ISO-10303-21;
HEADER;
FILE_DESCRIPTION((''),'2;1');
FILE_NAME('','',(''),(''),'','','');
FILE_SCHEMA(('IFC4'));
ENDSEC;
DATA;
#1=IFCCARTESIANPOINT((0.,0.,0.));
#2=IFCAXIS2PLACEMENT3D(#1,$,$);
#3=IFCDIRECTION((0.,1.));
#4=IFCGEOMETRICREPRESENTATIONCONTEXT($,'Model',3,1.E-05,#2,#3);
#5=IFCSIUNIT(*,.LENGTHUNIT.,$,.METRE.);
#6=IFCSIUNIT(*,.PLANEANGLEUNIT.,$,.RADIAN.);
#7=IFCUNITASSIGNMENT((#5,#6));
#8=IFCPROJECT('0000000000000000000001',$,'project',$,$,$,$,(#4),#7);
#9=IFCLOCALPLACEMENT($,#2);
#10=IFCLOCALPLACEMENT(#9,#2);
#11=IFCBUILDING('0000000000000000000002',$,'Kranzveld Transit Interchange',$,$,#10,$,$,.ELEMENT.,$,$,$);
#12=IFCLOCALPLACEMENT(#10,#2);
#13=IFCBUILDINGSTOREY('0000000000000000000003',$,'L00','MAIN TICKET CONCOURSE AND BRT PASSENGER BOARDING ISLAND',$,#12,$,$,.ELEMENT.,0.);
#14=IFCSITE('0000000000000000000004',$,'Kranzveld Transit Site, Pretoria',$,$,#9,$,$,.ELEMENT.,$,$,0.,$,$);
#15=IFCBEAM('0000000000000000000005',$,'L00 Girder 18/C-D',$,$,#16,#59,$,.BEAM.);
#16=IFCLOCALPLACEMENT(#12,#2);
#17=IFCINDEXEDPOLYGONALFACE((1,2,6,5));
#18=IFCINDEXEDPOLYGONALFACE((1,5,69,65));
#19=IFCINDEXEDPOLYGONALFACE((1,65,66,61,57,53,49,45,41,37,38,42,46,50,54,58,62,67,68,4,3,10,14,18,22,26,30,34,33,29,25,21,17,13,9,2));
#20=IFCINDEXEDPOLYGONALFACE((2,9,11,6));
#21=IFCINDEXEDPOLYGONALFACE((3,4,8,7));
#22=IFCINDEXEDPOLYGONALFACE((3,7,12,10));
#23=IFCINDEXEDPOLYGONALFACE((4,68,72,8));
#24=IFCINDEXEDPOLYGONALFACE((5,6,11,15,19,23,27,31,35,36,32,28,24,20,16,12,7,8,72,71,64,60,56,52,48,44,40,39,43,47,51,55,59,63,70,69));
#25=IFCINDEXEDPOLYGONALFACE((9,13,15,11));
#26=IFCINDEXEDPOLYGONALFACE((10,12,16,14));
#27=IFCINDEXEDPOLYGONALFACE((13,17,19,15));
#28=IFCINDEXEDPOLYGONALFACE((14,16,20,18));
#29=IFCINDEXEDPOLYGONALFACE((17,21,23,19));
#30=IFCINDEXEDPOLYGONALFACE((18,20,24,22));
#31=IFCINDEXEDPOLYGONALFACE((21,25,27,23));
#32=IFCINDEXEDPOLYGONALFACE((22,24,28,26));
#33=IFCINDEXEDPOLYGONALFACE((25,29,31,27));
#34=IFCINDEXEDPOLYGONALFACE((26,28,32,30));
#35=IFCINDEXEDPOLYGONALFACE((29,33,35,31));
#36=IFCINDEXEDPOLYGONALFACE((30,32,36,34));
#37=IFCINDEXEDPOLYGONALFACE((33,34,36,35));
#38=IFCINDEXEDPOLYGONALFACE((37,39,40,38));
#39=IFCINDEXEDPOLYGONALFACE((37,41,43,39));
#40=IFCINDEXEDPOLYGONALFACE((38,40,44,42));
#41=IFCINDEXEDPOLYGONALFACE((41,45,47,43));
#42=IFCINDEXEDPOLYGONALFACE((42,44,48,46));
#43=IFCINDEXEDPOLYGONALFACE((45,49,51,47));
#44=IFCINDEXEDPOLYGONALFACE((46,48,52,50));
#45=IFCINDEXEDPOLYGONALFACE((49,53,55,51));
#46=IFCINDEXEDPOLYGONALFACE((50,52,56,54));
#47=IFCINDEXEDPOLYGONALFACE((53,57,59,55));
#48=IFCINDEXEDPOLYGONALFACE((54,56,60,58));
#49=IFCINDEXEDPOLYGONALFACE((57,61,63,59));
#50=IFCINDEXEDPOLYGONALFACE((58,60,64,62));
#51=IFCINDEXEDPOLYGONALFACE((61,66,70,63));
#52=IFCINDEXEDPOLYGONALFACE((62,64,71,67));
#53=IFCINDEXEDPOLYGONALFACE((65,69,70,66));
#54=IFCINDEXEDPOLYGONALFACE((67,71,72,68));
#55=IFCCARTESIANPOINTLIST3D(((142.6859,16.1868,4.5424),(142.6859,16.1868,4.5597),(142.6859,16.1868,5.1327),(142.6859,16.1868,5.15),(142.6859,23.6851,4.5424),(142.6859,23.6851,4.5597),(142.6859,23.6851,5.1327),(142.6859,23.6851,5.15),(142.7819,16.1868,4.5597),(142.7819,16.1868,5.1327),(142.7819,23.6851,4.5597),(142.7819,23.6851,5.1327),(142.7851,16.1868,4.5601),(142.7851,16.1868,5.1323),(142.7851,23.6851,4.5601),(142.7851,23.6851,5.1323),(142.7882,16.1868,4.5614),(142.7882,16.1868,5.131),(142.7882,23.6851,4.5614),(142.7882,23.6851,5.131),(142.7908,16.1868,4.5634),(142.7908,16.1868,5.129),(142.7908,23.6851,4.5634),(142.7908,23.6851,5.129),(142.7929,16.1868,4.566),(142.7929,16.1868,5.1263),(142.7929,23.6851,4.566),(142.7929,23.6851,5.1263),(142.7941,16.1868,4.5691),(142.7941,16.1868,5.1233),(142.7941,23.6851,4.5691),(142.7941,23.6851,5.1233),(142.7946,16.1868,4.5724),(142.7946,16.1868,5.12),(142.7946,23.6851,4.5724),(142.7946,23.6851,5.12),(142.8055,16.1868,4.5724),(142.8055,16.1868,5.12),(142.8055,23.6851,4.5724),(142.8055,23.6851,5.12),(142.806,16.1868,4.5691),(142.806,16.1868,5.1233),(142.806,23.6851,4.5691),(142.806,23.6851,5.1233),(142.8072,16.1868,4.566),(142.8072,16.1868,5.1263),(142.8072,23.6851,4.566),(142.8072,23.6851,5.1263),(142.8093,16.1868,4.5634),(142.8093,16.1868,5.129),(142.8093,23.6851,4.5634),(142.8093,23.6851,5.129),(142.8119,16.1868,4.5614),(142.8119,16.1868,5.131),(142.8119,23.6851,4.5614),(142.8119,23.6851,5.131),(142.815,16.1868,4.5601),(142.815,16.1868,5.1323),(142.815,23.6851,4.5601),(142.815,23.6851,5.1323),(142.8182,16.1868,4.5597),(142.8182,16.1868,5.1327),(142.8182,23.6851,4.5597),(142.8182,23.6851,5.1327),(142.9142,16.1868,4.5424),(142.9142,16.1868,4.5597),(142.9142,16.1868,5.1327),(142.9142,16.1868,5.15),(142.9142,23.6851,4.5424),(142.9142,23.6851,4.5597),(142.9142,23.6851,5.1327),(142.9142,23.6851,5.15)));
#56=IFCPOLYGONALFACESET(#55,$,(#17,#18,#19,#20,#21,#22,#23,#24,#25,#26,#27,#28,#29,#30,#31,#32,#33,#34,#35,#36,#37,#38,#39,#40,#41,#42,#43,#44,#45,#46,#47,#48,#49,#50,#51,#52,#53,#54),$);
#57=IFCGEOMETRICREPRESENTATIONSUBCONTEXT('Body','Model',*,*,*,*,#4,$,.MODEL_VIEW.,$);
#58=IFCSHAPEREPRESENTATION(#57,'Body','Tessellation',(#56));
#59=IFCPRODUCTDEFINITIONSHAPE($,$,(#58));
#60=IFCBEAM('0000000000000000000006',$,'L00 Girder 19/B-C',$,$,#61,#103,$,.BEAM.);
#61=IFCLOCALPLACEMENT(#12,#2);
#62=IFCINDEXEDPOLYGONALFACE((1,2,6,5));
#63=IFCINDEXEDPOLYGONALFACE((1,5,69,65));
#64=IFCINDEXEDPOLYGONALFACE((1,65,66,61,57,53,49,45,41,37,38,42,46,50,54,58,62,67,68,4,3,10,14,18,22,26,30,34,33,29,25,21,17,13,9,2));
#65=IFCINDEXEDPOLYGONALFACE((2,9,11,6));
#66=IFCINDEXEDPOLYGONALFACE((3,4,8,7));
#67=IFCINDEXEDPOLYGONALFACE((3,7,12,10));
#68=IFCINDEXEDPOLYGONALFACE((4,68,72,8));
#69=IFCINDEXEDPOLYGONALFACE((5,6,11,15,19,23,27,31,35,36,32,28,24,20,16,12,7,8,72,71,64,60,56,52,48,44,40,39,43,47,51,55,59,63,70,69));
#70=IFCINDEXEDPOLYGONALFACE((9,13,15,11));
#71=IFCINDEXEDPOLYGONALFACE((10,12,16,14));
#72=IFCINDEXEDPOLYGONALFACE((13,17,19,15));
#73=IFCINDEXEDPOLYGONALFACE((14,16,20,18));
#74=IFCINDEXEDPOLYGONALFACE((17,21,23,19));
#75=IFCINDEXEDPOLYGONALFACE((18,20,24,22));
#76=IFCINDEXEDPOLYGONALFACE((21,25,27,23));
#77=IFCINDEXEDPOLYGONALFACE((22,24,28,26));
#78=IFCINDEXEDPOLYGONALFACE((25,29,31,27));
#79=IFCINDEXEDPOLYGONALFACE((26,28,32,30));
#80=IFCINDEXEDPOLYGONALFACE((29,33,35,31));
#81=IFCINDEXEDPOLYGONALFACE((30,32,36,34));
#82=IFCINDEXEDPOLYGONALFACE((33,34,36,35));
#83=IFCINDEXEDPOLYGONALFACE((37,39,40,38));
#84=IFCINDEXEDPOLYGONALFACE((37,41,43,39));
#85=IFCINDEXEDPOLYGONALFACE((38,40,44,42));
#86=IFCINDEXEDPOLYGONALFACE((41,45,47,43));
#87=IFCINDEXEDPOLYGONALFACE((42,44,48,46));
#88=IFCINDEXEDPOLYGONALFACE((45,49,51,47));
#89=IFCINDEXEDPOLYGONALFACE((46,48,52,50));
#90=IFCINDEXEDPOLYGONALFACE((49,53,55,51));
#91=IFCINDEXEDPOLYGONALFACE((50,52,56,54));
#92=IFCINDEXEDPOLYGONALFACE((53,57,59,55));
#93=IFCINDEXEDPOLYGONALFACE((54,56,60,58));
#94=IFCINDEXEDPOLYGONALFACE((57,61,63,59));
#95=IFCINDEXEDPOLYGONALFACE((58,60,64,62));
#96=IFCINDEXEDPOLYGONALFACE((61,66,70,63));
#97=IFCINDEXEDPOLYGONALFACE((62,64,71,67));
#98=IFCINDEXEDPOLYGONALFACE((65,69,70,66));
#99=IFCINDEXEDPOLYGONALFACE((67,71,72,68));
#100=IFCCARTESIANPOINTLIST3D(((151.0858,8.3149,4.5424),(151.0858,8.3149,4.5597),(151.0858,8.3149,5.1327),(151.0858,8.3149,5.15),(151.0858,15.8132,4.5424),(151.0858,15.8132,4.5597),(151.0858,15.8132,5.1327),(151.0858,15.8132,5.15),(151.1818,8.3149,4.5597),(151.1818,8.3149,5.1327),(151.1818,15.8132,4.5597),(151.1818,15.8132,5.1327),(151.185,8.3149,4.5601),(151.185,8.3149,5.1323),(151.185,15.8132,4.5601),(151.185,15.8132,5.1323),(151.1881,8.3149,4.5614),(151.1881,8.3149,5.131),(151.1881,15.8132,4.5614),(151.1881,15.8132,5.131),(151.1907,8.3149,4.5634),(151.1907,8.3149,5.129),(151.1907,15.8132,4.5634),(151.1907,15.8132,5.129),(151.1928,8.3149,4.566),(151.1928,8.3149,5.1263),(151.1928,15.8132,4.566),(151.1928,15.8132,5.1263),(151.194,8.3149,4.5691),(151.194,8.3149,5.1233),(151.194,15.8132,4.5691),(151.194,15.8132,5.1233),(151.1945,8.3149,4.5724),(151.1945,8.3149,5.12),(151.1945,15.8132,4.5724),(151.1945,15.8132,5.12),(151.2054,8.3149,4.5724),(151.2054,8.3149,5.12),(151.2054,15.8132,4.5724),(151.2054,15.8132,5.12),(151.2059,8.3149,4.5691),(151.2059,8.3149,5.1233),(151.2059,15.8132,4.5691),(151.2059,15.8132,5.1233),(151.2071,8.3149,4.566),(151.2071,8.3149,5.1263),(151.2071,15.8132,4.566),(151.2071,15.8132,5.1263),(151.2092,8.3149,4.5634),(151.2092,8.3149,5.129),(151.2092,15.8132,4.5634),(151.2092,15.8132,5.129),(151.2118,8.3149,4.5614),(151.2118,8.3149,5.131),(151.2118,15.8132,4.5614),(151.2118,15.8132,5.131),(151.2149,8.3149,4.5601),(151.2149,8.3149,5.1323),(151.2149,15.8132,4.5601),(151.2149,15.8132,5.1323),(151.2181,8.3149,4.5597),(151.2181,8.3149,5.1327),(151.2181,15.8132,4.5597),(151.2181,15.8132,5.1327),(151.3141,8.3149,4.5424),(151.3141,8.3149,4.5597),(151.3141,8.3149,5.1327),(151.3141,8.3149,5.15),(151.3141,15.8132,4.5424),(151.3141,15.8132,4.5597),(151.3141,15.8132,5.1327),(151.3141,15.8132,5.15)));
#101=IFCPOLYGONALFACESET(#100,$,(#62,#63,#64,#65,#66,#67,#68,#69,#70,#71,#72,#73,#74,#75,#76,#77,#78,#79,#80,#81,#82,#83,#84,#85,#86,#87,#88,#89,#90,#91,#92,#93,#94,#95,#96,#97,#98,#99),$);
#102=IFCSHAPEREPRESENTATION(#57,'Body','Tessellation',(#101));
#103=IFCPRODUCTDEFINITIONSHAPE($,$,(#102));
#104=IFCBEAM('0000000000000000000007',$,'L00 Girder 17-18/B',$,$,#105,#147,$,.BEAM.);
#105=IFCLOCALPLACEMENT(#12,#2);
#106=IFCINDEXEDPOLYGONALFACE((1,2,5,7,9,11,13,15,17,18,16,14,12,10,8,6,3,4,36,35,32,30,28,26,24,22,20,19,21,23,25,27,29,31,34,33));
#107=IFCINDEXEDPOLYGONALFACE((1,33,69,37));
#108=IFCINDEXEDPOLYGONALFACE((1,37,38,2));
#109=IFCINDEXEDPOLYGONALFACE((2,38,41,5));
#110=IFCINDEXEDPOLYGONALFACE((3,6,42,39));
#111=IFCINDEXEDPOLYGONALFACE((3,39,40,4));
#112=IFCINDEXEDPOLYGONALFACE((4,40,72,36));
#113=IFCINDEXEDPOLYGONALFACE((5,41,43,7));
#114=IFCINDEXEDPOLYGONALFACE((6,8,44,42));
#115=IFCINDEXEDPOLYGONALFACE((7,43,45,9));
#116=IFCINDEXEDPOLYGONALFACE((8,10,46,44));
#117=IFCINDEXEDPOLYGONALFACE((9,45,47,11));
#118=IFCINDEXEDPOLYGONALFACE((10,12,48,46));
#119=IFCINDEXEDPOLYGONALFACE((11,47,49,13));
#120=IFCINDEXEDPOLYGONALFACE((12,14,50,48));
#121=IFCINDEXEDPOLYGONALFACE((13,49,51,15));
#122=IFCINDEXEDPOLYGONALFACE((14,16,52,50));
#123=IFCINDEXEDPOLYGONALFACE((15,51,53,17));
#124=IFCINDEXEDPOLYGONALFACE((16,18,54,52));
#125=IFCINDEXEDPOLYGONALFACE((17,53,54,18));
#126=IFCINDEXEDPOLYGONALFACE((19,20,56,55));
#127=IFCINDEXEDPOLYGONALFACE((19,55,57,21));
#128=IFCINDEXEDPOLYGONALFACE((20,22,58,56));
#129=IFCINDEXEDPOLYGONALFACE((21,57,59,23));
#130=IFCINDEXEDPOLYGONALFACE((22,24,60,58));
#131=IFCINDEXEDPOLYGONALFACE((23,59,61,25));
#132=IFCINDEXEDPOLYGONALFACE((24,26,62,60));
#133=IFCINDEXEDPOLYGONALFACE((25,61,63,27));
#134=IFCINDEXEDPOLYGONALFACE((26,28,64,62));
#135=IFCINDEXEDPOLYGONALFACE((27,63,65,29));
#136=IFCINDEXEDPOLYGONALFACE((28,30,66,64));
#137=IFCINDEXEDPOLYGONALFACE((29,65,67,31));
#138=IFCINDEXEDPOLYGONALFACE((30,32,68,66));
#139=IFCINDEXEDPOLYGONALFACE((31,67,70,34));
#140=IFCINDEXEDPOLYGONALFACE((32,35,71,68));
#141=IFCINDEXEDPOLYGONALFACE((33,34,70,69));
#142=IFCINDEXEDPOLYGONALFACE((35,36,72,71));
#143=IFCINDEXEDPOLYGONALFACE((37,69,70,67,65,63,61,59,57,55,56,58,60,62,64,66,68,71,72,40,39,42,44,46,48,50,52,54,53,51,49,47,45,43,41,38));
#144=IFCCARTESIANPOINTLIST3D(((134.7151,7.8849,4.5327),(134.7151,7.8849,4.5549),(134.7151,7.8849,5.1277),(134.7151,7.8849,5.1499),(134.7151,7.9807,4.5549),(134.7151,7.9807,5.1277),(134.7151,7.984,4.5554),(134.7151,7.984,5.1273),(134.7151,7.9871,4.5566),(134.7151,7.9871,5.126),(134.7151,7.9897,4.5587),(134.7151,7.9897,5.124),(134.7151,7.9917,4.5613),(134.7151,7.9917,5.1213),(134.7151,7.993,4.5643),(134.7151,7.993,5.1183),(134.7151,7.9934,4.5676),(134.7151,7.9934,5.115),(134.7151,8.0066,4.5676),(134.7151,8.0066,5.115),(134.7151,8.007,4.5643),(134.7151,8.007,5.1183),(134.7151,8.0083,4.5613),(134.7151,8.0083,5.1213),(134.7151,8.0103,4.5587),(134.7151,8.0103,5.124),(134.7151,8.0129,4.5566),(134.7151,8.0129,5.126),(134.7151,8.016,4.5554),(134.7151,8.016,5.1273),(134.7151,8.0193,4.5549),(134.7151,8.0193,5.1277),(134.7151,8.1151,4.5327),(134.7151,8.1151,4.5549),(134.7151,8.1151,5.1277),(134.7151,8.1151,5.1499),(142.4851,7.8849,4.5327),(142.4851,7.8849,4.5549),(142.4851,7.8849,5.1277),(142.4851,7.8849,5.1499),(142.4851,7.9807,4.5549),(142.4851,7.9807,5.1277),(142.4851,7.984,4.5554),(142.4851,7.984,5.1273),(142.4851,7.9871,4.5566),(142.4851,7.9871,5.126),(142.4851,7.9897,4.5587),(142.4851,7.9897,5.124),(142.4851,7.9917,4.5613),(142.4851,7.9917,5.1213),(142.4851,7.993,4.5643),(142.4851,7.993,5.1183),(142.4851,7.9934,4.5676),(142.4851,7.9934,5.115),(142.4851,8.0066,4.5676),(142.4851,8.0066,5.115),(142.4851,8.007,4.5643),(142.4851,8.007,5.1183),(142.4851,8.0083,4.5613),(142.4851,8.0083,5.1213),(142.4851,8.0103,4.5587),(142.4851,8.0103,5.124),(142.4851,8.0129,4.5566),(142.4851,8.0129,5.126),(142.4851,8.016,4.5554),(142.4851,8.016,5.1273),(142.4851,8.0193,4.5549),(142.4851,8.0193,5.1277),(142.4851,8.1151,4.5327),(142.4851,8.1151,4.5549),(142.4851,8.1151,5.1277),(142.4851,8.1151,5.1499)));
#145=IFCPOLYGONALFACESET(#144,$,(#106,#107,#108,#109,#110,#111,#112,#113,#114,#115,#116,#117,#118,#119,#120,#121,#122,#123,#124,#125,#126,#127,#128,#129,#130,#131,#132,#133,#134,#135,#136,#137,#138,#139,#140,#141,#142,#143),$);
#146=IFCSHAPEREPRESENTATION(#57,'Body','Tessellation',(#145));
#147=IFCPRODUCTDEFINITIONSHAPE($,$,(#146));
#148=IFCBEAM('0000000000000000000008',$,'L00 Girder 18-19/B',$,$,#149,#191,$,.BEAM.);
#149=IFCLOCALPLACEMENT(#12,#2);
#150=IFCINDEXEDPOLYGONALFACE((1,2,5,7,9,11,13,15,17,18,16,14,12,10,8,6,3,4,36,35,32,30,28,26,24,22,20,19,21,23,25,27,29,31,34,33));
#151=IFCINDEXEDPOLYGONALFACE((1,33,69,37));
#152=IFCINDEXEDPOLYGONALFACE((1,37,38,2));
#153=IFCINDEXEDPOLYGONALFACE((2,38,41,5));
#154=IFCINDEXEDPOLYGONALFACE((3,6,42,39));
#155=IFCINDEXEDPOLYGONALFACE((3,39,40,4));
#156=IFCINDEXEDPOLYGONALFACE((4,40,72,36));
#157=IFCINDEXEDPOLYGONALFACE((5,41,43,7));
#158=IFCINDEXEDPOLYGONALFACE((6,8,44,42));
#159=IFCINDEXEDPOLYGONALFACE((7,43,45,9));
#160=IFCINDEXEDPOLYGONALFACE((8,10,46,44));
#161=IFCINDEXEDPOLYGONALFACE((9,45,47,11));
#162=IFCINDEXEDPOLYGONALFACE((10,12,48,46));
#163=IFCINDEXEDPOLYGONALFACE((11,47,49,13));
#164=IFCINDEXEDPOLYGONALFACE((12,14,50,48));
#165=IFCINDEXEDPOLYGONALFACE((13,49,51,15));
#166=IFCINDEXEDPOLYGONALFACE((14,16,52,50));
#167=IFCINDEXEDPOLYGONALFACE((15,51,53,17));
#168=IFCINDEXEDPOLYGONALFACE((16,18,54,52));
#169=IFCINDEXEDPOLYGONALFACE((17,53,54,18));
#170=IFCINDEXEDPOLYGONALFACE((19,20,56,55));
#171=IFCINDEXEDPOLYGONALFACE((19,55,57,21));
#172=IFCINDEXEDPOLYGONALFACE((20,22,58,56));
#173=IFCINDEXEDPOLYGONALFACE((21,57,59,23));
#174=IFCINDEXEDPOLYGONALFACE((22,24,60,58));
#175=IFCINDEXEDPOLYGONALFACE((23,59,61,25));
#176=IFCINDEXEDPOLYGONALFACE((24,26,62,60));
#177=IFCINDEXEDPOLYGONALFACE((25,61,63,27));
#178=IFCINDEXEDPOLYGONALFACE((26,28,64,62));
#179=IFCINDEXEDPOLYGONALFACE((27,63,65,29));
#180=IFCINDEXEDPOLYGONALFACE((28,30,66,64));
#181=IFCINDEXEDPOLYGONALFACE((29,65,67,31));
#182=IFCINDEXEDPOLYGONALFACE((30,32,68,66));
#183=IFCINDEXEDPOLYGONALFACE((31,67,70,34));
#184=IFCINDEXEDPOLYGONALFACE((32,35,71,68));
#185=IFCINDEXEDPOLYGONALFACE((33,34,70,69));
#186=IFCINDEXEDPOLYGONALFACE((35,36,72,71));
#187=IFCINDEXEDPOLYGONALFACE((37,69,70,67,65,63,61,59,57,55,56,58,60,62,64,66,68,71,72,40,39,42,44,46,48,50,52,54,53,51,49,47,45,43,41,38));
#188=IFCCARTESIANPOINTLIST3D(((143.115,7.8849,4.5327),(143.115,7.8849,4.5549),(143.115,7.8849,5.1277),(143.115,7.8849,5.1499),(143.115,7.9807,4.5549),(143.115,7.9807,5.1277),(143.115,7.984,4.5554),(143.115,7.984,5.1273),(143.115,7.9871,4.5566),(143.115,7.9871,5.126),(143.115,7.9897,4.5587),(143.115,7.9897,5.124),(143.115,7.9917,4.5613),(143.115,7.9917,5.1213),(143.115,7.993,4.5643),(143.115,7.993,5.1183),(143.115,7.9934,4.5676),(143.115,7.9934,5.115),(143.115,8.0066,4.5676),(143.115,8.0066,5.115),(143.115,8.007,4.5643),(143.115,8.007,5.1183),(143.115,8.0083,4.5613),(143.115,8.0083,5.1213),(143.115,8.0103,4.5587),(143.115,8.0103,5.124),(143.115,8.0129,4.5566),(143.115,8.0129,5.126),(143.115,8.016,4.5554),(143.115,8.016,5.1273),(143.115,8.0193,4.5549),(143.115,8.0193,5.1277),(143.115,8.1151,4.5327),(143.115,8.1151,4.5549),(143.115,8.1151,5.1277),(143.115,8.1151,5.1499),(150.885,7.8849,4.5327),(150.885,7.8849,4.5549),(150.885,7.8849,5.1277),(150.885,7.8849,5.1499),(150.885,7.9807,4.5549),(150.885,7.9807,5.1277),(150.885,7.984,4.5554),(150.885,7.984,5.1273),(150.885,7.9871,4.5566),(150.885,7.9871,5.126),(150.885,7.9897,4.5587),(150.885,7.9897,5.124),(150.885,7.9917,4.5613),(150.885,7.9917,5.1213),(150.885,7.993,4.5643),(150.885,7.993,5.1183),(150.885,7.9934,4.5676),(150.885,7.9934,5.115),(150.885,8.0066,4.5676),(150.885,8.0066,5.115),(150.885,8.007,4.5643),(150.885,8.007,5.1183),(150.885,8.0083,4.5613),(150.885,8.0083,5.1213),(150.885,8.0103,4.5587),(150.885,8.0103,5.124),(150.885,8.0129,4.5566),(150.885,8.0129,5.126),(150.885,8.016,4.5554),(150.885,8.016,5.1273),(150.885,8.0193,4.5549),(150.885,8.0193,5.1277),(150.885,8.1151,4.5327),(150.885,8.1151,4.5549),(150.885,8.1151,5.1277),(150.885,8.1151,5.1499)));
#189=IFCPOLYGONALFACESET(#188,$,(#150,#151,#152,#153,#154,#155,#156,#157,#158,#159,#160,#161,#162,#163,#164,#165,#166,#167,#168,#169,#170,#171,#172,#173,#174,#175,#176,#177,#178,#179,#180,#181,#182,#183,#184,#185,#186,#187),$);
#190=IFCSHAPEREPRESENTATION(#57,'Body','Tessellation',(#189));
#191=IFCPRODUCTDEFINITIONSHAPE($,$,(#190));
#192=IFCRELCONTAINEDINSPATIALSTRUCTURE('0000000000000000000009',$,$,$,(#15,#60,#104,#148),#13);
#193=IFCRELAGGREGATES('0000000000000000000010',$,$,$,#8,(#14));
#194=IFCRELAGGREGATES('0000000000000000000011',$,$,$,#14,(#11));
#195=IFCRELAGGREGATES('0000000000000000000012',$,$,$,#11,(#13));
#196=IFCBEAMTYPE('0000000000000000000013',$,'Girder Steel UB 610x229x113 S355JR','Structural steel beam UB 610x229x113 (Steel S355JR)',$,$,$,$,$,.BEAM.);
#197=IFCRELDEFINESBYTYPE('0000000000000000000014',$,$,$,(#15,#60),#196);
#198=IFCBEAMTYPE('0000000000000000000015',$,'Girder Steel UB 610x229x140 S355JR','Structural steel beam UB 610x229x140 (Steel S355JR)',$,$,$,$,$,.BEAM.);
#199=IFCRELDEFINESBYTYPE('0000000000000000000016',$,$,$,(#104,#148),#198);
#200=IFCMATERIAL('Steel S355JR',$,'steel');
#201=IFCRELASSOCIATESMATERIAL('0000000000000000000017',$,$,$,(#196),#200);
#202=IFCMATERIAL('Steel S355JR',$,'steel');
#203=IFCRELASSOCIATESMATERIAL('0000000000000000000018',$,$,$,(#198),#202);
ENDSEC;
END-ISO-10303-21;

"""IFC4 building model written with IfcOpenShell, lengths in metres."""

from ifc_helpers import new_model, si_unit, direction, frame, origin, origin_2d, place, context, subcontext, project, spatial, i_section, extrude, material, material_profile, profile_set, type_object, element, save


model = new_model("IFC4")

# Units and contexts
model_context = context("Model", 3, precision=1e-05, world=origin(), true_north=direction((0.0, 1.0)))
body_context = subcontext(model_context, "Body", "Model", "MODEL_VIEW")
ifc_project = project(units=[si_unit("LENGTHUNIT", "METRE"), si_unit("PLANEANGLEUNIT", "RADIAN")], contexts=[model_context])

# Site, building, storey
site_placement = place(None, origin())
site = spatial("IfcSite", under=ifc_project, at=site_placement, Name="Kranzveld Transit Site, Pretoria", CompositionType="ELEMENT", RefElevation=0.0)
building_placement = place(site_placement, origin())
building = spatial("IfcBuilding", under=site, at=building_placement, Name="Kranzveld Transit Interchange", CompositionType="ELEMENT")
storey_placement = place(building_placement, origin())
storey = spatial("IfcBuildingStorey", under=building, at=storey_placement, Name="L00", Description="MAIN TICKET CONCOURSE AND BRT PASSENGER BOARDING ISLAND", CompositionType="ELEMENT", Elevation=0.0)

# Beams
ifc_material_1 = material(Name="Steel S355JR", Category="steel")
ifc_material_profile_1 = material_profile(ifc_material_1, i_section(OverallWidth=0.2283, OverallDepth=0.6077, WebThickness=0.011, FlangeThickness=0.0173, FilletRadius=0.0127, at=origin_2d()), Name="UB 610x229x113")
ifc_profile_set_1 = profile_set([ifc_material_profile_1], Name="Steel S355JR")
beam_type_1 = type_object("IfcBeamType", Name="Girder Steel UB 610x229x113 S355JR", Description="Structural steel beam UB 610x229x113 (Steel S355JR)", PredefinedType="BEAM", material=ifc_profile_set_1)
for number, where, z_axis, x_axis, name in (
    (1, (142.8, 16.1868, 4.8462), (0.0, 1.0, 0.0), (-1.0, 0.0, 0.0), "L00 Girder 18/C-D"),
    (2, (151.2, 8.3149, 4.8462), (0.0, 1.0, 0.0), (-1.0, 0.0, 0.0), "L00 Girder 19/B-C"),
):
    element("IfcBeam", number, at=place(storey_placement, frame(where, z_axis=z_axis, x_axis=x_axis)), inside=storey, type_object=beam_type_1, Name=name, PredefinedType="BEAM", context=body_context, shape_type="SweptSolid", body=[
        extrude(i_section(OverallWidth=0.2283, OverallDepth=0.6077, WebThickness=0.011, FlangeThickness=0.0173, FilletRadius=0.0127, at=origin_2d()), origin(), (0.0, 0.0, 1.0), 7.4983),
    ])
ifc_material_2 = material(Name="Steel S355JR", Category="steel")
ifc_material_profile_2 = material_profile(ifc_material_2, i_section(OverallWidth=0.2302, OverallDepth=0.6172, WebThickness=0.0132, FlangeThickness=0.0222, FilletRadius=0.0127, at=origin_2d()), Name="UB 610x229x140")
ifc_profile_set_2 = profile_set([ifc_material_profile_2], Name="Steel S355JR")
beam_type_2 = type_object("IfcBeamType", Name="Girder Steel UB 610x229x140 S355JR", Description="Structural steel beam UB 610x229x140 (Steel S355JR)", PredefinedType="BEAM", material=ifc_profile_set_2)
for number, where, z_axis, x_axis, name in (
    (3, (134.7151, 8.0, 4.8413), (1.0, 0.0, 0.0), (0.0, 1.0, 0.0), "L00 Girder 17-18/B"),
    (4, (143.115, 8.0, 4.8413), (1.0, 0.0, 0.0), (0.0, 1.0, 0.0), "L00 Girder 18-19/B"),
):
    element("IfcBeam", number, at=place(storey_placement, frame(where, z_axis=z_axis, x_axis=x_axis)), inside=storey, type_object=beam_type_2, Name=name, PredefinedType="BEAM", context=body_context, shape_type="SweptSolid", body=[
        extrude(i_section(OverallWidth=0.2302, OverallDepth=0.6172, WebThickness=0.0132, FlangeThickness=0.0222, FilletRadius=0.0127, at=origin_2d()), origin(), (0.0, 0.0, 1.0), 7.77),
    ])

save(model, "model.ifc")
